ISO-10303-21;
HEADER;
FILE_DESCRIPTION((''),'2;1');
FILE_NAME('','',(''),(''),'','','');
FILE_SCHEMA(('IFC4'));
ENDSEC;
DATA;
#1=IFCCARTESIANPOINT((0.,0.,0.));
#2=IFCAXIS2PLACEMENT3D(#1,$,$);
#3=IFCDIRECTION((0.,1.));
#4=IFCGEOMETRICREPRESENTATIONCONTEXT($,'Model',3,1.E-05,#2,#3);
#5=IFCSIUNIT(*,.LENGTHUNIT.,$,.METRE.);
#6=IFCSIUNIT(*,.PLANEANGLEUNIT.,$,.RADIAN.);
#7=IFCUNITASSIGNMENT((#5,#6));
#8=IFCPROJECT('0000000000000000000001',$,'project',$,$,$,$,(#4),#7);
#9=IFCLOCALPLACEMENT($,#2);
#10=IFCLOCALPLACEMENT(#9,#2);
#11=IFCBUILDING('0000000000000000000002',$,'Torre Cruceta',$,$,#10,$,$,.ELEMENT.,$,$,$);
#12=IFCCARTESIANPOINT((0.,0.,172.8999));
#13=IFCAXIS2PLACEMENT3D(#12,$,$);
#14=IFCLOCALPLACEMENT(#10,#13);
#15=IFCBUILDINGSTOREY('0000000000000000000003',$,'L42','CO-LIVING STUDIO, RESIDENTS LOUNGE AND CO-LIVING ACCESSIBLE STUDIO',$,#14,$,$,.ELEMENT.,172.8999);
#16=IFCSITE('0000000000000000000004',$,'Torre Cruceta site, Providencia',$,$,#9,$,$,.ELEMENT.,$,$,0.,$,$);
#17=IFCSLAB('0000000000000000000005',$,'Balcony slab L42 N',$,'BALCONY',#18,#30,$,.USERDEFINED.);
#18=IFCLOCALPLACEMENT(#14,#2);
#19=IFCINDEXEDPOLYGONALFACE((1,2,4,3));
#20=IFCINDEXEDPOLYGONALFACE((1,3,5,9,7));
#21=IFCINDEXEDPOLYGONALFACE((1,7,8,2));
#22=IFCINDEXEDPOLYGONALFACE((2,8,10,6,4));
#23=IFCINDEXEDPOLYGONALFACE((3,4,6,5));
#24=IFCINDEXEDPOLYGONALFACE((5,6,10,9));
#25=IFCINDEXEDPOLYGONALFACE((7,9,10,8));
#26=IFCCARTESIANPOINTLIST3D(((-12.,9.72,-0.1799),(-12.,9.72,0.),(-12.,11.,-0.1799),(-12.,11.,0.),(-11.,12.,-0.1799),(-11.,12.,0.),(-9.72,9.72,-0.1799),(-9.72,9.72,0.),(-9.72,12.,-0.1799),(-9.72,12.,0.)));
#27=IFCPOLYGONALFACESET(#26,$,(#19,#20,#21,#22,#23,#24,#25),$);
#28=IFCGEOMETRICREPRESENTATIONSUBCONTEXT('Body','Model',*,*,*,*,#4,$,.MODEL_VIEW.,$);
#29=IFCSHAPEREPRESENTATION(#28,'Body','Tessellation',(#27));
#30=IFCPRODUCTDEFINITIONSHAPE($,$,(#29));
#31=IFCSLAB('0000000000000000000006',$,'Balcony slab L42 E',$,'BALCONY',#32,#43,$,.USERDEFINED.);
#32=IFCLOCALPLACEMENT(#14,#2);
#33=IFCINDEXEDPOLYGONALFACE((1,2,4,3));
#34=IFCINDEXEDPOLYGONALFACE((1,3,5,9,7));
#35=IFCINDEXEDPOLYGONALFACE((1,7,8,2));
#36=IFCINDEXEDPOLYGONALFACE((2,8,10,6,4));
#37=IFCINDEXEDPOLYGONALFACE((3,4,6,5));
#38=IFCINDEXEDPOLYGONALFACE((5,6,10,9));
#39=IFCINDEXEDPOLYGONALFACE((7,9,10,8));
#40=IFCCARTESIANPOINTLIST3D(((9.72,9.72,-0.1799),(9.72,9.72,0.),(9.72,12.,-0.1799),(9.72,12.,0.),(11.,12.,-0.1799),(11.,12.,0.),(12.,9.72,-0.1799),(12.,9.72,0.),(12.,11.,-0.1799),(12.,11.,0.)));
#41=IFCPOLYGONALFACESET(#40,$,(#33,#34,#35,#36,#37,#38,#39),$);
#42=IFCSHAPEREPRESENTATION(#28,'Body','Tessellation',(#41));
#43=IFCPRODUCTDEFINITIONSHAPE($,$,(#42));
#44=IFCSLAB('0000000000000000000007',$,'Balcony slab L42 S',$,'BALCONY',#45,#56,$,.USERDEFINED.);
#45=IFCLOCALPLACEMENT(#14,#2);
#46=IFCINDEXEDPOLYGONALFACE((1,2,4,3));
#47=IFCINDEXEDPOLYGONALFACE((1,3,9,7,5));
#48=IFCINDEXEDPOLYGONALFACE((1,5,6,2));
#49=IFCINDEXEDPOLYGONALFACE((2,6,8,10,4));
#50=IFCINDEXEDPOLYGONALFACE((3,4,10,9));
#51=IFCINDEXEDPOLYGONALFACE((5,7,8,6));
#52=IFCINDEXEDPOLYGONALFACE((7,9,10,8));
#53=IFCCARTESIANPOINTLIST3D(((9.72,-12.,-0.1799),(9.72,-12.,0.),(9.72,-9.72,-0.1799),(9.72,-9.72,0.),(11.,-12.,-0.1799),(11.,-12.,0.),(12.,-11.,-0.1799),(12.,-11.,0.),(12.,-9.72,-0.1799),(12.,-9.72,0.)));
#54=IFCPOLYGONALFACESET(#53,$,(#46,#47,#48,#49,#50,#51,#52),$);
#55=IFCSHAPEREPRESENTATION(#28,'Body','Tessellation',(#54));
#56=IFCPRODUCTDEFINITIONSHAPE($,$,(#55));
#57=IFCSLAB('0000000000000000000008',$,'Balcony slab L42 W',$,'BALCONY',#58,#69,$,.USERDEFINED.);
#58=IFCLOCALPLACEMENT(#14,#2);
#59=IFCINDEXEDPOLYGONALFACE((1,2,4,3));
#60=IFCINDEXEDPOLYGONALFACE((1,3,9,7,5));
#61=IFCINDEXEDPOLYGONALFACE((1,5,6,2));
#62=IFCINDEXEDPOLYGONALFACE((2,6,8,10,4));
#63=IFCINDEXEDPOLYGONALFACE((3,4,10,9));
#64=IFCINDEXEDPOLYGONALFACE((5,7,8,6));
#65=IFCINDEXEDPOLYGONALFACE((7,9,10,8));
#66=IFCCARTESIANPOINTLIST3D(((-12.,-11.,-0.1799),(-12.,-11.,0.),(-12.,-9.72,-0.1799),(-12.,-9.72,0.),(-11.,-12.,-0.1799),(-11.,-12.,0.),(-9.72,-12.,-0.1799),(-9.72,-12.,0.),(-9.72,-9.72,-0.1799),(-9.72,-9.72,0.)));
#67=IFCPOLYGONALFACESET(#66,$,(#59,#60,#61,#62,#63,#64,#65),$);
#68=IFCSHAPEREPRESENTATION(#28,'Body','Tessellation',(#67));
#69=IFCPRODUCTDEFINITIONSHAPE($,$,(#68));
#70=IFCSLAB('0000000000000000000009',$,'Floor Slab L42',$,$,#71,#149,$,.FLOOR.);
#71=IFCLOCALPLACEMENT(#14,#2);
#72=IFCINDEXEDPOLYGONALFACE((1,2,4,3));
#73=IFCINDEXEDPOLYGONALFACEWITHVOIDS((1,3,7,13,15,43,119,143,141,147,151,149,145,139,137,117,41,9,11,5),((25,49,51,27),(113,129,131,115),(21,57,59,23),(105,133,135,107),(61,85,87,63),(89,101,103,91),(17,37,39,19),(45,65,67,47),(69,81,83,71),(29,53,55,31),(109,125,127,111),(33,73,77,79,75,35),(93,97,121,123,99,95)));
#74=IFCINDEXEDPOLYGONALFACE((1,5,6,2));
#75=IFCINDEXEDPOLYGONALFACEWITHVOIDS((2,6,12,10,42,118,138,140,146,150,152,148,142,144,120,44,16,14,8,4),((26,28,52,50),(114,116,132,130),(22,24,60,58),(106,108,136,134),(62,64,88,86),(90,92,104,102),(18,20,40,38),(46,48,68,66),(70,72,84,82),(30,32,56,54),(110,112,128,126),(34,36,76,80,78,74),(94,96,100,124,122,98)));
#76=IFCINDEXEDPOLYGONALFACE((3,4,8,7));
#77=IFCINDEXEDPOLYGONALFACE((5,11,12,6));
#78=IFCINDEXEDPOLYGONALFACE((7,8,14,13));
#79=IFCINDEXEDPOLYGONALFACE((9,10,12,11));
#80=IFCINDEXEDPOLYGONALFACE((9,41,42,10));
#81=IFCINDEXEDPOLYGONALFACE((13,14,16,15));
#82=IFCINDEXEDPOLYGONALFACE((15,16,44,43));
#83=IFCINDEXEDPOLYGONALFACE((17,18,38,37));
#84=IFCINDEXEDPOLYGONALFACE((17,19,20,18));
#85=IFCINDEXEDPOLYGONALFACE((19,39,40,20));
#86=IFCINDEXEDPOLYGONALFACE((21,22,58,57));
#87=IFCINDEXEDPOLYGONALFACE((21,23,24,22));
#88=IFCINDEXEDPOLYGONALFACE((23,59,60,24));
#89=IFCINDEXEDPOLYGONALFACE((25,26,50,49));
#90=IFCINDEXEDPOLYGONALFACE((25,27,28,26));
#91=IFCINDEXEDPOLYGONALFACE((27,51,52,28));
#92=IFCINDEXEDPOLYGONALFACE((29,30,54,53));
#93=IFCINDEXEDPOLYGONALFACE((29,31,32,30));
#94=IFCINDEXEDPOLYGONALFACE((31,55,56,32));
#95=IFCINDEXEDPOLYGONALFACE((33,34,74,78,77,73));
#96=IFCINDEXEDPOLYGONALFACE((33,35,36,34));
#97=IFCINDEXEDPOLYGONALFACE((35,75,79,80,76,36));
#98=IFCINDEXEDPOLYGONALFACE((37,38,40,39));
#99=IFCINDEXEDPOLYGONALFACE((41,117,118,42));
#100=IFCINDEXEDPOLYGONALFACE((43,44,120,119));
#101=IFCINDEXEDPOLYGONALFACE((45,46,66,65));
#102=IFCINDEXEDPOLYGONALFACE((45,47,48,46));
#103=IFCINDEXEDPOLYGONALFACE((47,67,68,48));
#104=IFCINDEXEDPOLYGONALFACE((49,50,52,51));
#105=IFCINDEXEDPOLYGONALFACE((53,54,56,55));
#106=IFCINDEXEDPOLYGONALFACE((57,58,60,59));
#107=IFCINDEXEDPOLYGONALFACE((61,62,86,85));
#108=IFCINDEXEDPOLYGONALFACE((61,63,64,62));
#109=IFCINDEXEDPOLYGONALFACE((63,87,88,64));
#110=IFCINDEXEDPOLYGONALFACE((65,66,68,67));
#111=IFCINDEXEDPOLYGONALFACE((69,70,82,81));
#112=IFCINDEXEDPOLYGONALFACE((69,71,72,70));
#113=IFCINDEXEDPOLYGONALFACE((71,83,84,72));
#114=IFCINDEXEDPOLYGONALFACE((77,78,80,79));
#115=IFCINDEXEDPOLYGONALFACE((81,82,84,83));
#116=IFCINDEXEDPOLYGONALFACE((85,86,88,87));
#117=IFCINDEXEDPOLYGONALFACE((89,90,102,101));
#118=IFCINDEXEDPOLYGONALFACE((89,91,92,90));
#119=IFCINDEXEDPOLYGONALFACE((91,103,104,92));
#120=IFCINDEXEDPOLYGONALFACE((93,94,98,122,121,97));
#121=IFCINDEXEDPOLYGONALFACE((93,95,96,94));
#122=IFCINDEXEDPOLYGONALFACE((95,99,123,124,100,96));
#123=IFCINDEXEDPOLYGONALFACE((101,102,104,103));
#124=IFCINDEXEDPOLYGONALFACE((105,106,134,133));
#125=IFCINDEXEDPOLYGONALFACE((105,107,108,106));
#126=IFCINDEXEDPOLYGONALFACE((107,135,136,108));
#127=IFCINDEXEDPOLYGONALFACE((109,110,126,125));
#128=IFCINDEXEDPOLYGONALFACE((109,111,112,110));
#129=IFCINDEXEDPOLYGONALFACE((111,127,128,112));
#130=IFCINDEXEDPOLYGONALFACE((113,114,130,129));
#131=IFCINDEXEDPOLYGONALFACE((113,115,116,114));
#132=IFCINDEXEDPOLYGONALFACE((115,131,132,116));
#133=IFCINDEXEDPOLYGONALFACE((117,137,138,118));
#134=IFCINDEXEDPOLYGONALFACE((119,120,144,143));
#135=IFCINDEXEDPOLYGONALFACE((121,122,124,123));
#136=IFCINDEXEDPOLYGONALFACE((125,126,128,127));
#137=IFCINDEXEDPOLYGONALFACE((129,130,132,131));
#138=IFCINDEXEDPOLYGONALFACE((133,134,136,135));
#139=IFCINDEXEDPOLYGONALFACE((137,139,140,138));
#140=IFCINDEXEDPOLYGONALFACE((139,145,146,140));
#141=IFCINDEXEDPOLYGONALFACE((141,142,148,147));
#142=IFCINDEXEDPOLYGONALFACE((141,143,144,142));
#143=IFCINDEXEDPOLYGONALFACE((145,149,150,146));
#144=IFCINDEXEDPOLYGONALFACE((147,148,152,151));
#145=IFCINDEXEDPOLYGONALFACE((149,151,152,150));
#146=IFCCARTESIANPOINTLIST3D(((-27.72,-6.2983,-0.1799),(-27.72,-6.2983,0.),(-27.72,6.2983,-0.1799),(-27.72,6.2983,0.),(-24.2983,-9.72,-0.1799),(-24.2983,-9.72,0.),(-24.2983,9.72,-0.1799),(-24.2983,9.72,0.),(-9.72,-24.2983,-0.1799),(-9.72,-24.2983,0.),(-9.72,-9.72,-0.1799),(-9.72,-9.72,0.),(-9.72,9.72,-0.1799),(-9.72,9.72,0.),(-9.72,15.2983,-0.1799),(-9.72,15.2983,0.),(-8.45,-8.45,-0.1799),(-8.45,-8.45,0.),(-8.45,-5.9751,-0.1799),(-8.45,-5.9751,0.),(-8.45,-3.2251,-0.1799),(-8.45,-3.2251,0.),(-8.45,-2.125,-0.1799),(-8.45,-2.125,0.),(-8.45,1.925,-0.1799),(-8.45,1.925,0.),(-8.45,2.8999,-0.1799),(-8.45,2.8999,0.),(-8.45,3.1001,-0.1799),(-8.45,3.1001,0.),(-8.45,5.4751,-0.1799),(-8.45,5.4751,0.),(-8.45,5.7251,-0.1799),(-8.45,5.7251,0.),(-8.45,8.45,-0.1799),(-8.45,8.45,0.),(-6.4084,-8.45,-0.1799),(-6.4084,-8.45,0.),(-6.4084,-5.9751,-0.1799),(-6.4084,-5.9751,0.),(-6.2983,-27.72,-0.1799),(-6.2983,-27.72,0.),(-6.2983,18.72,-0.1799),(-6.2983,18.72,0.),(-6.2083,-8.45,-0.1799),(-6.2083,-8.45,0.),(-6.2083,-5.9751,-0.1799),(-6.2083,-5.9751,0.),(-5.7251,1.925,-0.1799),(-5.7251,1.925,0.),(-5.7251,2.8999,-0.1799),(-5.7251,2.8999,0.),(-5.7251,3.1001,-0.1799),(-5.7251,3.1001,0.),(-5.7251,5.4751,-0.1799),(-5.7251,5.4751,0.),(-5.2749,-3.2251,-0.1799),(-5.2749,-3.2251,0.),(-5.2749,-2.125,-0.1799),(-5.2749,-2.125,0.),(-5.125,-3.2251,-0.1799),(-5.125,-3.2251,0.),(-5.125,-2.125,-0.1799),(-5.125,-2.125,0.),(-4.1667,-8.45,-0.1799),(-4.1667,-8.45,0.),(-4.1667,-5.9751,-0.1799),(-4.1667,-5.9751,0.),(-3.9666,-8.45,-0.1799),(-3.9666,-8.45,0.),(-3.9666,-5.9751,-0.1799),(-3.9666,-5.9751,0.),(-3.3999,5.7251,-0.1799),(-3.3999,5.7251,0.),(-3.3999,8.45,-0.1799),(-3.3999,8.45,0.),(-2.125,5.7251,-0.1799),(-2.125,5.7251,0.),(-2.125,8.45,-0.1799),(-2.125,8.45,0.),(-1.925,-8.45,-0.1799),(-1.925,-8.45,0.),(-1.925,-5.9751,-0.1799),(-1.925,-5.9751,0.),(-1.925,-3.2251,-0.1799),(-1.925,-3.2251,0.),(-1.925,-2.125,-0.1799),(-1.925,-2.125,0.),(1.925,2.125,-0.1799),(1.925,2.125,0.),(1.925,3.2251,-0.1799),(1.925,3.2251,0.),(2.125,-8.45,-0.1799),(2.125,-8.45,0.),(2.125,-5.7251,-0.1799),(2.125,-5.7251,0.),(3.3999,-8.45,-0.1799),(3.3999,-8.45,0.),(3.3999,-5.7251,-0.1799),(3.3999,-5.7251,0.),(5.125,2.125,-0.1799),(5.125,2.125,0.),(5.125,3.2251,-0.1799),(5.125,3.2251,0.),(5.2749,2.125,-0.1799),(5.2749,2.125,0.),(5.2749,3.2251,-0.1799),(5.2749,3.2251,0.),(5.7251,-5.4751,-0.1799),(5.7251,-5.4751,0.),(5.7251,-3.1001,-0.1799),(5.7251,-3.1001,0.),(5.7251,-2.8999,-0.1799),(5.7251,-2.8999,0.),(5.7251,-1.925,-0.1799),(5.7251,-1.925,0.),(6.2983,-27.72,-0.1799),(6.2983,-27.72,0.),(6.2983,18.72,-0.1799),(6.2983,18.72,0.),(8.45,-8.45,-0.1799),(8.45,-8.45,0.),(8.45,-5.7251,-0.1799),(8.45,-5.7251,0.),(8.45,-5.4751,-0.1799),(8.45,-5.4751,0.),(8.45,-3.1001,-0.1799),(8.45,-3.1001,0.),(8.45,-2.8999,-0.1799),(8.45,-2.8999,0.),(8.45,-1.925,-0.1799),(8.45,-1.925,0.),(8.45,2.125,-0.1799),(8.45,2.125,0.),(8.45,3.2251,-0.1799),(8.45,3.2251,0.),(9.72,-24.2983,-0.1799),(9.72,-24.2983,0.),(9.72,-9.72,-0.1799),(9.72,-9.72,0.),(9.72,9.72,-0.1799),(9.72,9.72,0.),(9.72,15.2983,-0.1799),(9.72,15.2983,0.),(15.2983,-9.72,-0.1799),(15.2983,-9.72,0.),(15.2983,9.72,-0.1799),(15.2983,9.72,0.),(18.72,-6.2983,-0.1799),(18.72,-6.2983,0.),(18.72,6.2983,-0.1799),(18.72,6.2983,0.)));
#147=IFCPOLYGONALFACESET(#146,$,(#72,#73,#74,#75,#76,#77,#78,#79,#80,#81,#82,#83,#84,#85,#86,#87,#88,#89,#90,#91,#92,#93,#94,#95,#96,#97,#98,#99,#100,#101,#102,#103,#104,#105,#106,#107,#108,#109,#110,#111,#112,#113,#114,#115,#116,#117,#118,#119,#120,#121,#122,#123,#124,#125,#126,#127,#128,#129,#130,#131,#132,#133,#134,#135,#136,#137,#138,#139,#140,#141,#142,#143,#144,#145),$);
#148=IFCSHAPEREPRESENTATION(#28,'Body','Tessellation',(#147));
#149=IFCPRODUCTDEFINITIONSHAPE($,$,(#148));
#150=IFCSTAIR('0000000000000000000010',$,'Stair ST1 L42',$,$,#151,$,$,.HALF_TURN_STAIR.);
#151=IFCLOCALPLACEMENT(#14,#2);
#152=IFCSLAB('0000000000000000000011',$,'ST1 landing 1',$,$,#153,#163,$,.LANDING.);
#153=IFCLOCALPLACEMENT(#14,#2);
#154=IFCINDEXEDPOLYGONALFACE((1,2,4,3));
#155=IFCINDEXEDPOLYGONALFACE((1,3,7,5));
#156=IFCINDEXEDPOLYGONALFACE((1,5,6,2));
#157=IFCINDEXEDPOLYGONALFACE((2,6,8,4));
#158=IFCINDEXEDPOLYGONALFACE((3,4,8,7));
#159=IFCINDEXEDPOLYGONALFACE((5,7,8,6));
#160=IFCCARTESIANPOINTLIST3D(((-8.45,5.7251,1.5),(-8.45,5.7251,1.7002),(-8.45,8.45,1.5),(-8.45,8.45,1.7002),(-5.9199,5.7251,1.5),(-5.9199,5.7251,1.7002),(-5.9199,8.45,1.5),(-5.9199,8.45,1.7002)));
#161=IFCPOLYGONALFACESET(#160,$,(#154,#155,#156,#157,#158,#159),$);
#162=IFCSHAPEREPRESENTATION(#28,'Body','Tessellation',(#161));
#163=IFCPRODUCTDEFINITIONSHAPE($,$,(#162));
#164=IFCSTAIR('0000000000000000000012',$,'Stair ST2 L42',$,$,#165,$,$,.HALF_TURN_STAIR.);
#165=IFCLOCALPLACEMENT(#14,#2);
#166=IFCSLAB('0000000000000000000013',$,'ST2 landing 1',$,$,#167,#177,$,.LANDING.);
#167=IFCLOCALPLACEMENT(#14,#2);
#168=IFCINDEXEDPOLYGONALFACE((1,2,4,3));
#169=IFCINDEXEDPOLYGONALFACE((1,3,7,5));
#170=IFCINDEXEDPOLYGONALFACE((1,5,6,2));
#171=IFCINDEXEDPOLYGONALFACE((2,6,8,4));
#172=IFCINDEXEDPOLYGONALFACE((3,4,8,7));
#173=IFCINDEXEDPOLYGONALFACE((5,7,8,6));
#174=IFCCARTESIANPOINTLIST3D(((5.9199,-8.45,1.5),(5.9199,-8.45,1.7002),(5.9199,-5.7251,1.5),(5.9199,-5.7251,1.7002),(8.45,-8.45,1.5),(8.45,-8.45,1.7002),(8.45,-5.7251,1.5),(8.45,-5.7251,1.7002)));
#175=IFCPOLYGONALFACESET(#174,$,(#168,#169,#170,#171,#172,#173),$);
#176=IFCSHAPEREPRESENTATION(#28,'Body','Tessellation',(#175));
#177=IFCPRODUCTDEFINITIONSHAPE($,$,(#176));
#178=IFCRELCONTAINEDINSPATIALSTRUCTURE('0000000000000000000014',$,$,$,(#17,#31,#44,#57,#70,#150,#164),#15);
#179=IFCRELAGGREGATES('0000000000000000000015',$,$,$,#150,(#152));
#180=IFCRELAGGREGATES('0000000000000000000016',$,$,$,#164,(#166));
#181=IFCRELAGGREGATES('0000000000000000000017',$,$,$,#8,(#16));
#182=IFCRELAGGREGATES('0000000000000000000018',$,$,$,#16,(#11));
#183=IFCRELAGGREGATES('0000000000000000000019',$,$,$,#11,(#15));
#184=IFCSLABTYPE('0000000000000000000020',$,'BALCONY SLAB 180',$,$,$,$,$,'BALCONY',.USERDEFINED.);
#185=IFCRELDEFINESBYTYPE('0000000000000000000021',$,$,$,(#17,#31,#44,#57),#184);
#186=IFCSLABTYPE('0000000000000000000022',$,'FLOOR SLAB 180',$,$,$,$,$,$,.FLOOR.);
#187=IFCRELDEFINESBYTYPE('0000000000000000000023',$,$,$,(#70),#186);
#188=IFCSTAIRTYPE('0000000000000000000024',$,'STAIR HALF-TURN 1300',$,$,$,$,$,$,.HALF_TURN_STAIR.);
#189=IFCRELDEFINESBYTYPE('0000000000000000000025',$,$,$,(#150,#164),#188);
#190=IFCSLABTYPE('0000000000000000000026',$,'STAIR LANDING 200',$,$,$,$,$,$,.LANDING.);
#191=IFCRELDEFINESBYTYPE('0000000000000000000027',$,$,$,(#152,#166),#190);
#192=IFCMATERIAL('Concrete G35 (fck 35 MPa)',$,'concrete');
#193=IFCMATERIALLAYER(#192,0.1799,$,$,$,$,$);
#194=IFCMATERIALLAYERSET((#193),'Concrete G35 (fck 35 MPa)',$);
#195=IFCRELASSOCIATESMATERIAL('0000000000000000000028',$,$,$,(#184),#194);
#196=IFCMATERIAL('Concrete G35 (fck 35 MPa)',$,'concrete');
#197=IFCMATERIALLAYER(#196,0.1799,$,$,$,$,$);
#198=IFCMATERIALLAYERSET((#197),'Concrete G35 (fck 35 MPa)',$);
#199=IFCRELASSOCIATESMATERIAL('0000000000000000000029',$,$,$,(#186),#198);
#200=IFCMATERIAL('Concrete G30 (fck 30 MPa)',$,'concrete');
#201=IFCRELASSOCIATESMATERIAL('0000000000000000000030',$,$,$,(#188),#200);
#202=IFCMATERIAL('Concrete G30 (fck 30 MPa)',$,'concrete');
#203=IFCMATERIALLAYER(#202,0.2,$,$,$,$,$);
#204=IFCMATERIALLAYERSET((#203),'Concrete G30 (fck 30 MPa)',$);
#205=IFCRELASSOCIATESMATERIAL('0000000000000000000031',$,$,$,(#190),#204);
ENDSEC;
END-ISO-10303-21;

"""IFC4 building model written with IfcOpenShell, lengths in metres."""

from ifc_helpers import new_model, si_unit, direction, frame, origin, place, context, subcontext, project, spatial, polyline, outline, extrude, material, layer, layer_set, type_object, element, aggregate, save


model = new_model("IFC4")

# Units and contexts
model_context = context("Model", 3, precision=1e-05, world=origin(), true_north=direction((0.0, 1.0)))
body_context = subcontext(model_context, "Body", "Model", "MODEL_VIEW")
ifc_project = project(units=[si_unit("LENGTHUNIT", "METRE"), si_unit("PLANEANGLEUNIT", "RADIAN")], contexts=[model_context])

# Site, building, storey
site_placement = place(None, origin())
site = spatial("IfcSite", under=ifc_project, at=site_placement, Name="Torre Cruceta site, Providencia", CompositionType="ELEMENT", RefElevation=0.0)
building_placement = place(site_placement, origin())
building = spatial("IfcBuilding", under=site, at=building_placement, Name="Torre Cruceta", CompositionType="ELEMENT")
storey_placement = place(building_placement, frame((0.0, 0.0, 172.8999)))
storey = spatial("IfcBuildingStorey", under=building, at=storey_placement, Name="L42", Description="CO-LIVING STUDIO, RESIDENTS LOUNGE AND CO-LIVING ACCESSIBLE STUDIO", CompositionType="ELEMENT", Elevation=172.8999)

# Slabs
ifc_material_1 = material(Name="Concrete G35 (fck 35 MPa)", Category="concrete")
ifc_layer_1 = layer(ifc_material_1, 0.1799)
ifc_layer_set_1 = layer_set([ifc_layer_1], Name="Concrete G35 (fck 35 MPa)")
slab_type_1 = type_object("IfcSlabType", Name="BALCONY SLAB 180", ElementType="BALCONY", PredefinedType="USERDEFINED", material=ifc_layer_set_1)
slab_1_placement = place(storey_placement, frame((0.0, 0.0, -0.1799)))
element("IfcSlab", 1, at=slab_1_placement, inside=storey, type_object=slab_type_1, Name="Balcony slab L42 N", ObjectType="BALCONY", PredefinedType="USERDEFINED", context=body_context, shape_type="SweptSolid", body=[
    extrude(outline(polyline([(-12.0, 11.0), (-11.0, 12.0), (-9.72, 12.0), (-9.72, 9.72), (-12.0, 9.72), (-12.0, 11.0)])), origin(), (0.0, 0.0, 1.0), 0.1799),
])
slab_2_placement = place(storey_placement, frame((0.0, 0.0, -0.1799)))
element("IfcSlab", 2, at=slab_2_placement, inside=storey, type_object=slab_type_1, Name="Balcony slab L42 E", ObjectType="BALCONY", PredefinedType="USERDEFINED", context=body_context, shape_type="SweptSolid", body=[
    extrude(outline(polyline([(11.0, 12.0), (12.0, 11.0), (12.0, 9.72), (9.72, 9.72), (9.72, 12.0), (11.0, 12.0)])), origin(), (0.0, 0.0, 1.0), 0.1799),
])
slab_3_placement = place(storey_placement, frame((0.0, 0.0, -0.1799)))
element("IfcSlab", 3, at=slab_3_placement, inside=storey, type_object=slab_type_1, Name="Balcony slab L42 S", ObjectType="BALCONY", PredefinedType="USERDEFINED", context=body_context, shape_type="SweptSolid", body=[
    extrude(outline(polyline([(12.0, -11.0), (11.0, -12.0), (9.72, -12.0), (9.72, -9.72), (12.0, -9.72), (12.0, -11.0)])), origin(), (0.0, 0.0, 1.0), 0.1799),
])
slab_4_placement = place(storey_placement, frame((0.0, 0.0, -0.1799)))
element("IfcSlab", 4, at=slab_4_placement, inside=storey, type_object=slab_type_1, Name="Balcony slab L42 W", ObjectType="BALCONY", PredefinedType="USERDEFINED", context=body_context, shape_type="SweptSolid", body=[
    extrude(outline(polyline([(-11.0, -12.0), (-12.0, -11.0), (-12.0, -9.72), (-9.72, -9.72), (-9.72, -12.0), (-11.0, -12.0)])), origin(), (0.0, 0.0, 1.0), 0.1799),
])
ifc_material_2 = material(Name="Concrete G35 (fck 35 MPa)", Category="concrete")
ifc_layer_2 = layer(ifc_material_2, 0.1799)
ifc_layer_set_2 = layer_set([ifc_layer_2], Name="Concrete G35 (fck 35 MPa)")
slab_type_2 = type_object("IfcSlabType", Name="FLOOR SLAB 180", PredefinedType="FLOOR", material=ifc_layer_set_2)
slab_5_placement = place(storey_placement, frame((0.0, 0.0, -0.1799)))
element("IfcSlab", 5, at=slab_5_placement, inside=storey, type_object=slab_type_2, Name="Floor Slab L42", PredefinedType="FLOOR", context=body_context, shape_type="SweptSolid", body=[
    extrude(outline(polyline([(9.72, -9.72), (9.72, -24.2983), (6.2983, -27.72), (-6.2983, -27.72), (-9.72, -24.2983), (-9.72, -9.72), (-24.2983, -9.72), (-27.72, -6.2983), (-27.72, 6.2983), (-24.2983, 9.72), (-9.72, 9.72), (-9.72, 15.2983), (-6.2983, 18.72), (6.2983, 18.72), (9.72, 15.2983), (9.72, 9.72), (15.2983, 9.72), (18.72, 6.2983), (18.72, -6.2983), (15.2983, -9.72), (9.72, -9.72)]), holes=[polyline([(1.925, 2.125), (5.125, 2.125), (5.125, 3.2251), (1.925, 3.2251), (1.925, 2.125)]), polyline([(5.2749, 2.125), (8.45, 2.125), (8.45, 3.2251), (5.2749, 3.2251), (5.2749, 2.125)]), polyline([(-8.45, 3.1001), (-5.7251, 3.1001), (-5.7251, 5.4751), (-8.45, 5.4751), (-8.45, 3.1001)]), polyline([(-8.45, 1.925), (-5.7251, 1.925), (-5.7251, 2.8999), (-8.45, 2.8999), (-8.45, 1.925)]), polyline([(-3.9666, -8.45), (-1.925, -8.45), (-1.925, -5.9751), (-3.9666, -5.9751), (-3.9666, -8.45)]), polyline([(-6.2083, -8.45), (-4.1667, -8.45), (-4.1667, -5.9751), (-6.2083, -5.9751), (-6.2083, -8.45)]), polyline([(-8.45, -8.45), (-6.4084, -8.45), (-6.4084, -5.9751), (-8.45, -5.9751), (-8.45, -8.45)]), polyline([(-5.125, -3.2251), (-1.925, -3.2251), (-1.925, -2.125), (-5.125, -2.125), (-5.125, -3.2251)]), polyline([(-8.45, -3.2251), (-5.2749, -3.2251), (-5.2749, -2.125), (-8.45, -2.125), (-8.45, -3.2251)]), polyline([(5.7251, -5.4751), (8.45, -5.4751), (8.45, -3.1001), (5.7251, -3.1001), (5.7251, -5.4751)]), polyline([(5.7251, -2.8999), (8.45, -2.8999), (8.45, -1.925), (5.7251, -1.925), (5.7251, -2.8999)]), polyline([(-8.45, 5.7251), (-8.45, 8.45), (-3.3999, 8.45), (-2.125, 8.45), (-2.125, 5.7251), (-3.3999, 5.7251), (-8.45, 5.7251)]), polyline([(2.125, -5.7251), (3.3999, -5.7251), (8.45, -5.7251), (8.45, -8.45), (3.3999, -8.45), (2.125, -8.45), (2.125, -5.7251)])]), origin(), (0.0, 0.0, 1.0), 0.1799),
])

# Stairs, slabs
ifc_material_3 = material(Name="Concrete G30 (fck 30 MPa)", Category="concrete")
stair_type = type_object("IfcStairType", Name="STAIR HALF-TURN 1300", PredefinedType="HALF_TURN_STAIR", material=ifc_material_3)
stair_1_placement = place(storey_placement, origin())
stair_1 = element("IfcStair", 6, at=stair_1_placement, inside=storey, type_object=stair_type, Name="Stair ST1 L42", PredefinedType="HALF_TURN_STAIR")
ifc_material_4 = material(Name="Concrete G30 (fck 30 MPa)", Category="concrete")
ifc_layer_3 = layer(ifc_material_4, 0.2)
ifc_layer_set_3 = layer_set([ifc_layer_3], Name="Concrete G30 (fck 30 MPa)")
slab_type_3 = type_object("IfcSlabType", Name="STAIR LANDING 200", PredefinedType="LANDING", material=ifc_layer_set_3)
slab_6_placement = place(storey_placement, frame((0.0, 0.0, 1.5)))
slab_6 = element("IfcSlab", 7, at=slab_6_placement, type_object=slab_type_3, Name="ST1 landing 1", PredefinedType="LANDING", context=body_context, shape_type="SweptSolid", body=[
    extrude(outline(polyline([(-8.45, 5.7251), (-5.9199, 5.7251), (-5.9199, 8.45), (-8.45, 8.45), (-8.45, 5.7251)])), origin(), (0.0, 0.0, 1.0), 0.2002),
])
aggregate(stair_1, [slab_6])
stair_2_placement = place(storey_placement, origin())
stair_2 = element("IfcStair", 8, at=stair_2_placement, inside=storey, type_object=stair_type, Name="Stair ST2 L42", PredefinedType="HALF_TURN_STAIR")
slab_7_placement = place(storey_placement, frame((0.0, 0.0, 1.5)))
slab_7 = element("IfcSlab", 9, at=slab_7_placement, type_object=slab_type_3, Name="ST2 landing 1", PredefinedType="LANDING", context=body_context, shape_type="SweptSolid", body=[
    extrude(outline(polyline([(5.9199, -8.45), (8.45, -8.45), (8.45, -5.7251), (5.9199, -5.7251), (5.9199, -8.45)])), origin(), (0.0, 0.0, 1.0), 0.2002),
])
aggregate(stair_2, [slab_7])

save(model, "model.ifc")
